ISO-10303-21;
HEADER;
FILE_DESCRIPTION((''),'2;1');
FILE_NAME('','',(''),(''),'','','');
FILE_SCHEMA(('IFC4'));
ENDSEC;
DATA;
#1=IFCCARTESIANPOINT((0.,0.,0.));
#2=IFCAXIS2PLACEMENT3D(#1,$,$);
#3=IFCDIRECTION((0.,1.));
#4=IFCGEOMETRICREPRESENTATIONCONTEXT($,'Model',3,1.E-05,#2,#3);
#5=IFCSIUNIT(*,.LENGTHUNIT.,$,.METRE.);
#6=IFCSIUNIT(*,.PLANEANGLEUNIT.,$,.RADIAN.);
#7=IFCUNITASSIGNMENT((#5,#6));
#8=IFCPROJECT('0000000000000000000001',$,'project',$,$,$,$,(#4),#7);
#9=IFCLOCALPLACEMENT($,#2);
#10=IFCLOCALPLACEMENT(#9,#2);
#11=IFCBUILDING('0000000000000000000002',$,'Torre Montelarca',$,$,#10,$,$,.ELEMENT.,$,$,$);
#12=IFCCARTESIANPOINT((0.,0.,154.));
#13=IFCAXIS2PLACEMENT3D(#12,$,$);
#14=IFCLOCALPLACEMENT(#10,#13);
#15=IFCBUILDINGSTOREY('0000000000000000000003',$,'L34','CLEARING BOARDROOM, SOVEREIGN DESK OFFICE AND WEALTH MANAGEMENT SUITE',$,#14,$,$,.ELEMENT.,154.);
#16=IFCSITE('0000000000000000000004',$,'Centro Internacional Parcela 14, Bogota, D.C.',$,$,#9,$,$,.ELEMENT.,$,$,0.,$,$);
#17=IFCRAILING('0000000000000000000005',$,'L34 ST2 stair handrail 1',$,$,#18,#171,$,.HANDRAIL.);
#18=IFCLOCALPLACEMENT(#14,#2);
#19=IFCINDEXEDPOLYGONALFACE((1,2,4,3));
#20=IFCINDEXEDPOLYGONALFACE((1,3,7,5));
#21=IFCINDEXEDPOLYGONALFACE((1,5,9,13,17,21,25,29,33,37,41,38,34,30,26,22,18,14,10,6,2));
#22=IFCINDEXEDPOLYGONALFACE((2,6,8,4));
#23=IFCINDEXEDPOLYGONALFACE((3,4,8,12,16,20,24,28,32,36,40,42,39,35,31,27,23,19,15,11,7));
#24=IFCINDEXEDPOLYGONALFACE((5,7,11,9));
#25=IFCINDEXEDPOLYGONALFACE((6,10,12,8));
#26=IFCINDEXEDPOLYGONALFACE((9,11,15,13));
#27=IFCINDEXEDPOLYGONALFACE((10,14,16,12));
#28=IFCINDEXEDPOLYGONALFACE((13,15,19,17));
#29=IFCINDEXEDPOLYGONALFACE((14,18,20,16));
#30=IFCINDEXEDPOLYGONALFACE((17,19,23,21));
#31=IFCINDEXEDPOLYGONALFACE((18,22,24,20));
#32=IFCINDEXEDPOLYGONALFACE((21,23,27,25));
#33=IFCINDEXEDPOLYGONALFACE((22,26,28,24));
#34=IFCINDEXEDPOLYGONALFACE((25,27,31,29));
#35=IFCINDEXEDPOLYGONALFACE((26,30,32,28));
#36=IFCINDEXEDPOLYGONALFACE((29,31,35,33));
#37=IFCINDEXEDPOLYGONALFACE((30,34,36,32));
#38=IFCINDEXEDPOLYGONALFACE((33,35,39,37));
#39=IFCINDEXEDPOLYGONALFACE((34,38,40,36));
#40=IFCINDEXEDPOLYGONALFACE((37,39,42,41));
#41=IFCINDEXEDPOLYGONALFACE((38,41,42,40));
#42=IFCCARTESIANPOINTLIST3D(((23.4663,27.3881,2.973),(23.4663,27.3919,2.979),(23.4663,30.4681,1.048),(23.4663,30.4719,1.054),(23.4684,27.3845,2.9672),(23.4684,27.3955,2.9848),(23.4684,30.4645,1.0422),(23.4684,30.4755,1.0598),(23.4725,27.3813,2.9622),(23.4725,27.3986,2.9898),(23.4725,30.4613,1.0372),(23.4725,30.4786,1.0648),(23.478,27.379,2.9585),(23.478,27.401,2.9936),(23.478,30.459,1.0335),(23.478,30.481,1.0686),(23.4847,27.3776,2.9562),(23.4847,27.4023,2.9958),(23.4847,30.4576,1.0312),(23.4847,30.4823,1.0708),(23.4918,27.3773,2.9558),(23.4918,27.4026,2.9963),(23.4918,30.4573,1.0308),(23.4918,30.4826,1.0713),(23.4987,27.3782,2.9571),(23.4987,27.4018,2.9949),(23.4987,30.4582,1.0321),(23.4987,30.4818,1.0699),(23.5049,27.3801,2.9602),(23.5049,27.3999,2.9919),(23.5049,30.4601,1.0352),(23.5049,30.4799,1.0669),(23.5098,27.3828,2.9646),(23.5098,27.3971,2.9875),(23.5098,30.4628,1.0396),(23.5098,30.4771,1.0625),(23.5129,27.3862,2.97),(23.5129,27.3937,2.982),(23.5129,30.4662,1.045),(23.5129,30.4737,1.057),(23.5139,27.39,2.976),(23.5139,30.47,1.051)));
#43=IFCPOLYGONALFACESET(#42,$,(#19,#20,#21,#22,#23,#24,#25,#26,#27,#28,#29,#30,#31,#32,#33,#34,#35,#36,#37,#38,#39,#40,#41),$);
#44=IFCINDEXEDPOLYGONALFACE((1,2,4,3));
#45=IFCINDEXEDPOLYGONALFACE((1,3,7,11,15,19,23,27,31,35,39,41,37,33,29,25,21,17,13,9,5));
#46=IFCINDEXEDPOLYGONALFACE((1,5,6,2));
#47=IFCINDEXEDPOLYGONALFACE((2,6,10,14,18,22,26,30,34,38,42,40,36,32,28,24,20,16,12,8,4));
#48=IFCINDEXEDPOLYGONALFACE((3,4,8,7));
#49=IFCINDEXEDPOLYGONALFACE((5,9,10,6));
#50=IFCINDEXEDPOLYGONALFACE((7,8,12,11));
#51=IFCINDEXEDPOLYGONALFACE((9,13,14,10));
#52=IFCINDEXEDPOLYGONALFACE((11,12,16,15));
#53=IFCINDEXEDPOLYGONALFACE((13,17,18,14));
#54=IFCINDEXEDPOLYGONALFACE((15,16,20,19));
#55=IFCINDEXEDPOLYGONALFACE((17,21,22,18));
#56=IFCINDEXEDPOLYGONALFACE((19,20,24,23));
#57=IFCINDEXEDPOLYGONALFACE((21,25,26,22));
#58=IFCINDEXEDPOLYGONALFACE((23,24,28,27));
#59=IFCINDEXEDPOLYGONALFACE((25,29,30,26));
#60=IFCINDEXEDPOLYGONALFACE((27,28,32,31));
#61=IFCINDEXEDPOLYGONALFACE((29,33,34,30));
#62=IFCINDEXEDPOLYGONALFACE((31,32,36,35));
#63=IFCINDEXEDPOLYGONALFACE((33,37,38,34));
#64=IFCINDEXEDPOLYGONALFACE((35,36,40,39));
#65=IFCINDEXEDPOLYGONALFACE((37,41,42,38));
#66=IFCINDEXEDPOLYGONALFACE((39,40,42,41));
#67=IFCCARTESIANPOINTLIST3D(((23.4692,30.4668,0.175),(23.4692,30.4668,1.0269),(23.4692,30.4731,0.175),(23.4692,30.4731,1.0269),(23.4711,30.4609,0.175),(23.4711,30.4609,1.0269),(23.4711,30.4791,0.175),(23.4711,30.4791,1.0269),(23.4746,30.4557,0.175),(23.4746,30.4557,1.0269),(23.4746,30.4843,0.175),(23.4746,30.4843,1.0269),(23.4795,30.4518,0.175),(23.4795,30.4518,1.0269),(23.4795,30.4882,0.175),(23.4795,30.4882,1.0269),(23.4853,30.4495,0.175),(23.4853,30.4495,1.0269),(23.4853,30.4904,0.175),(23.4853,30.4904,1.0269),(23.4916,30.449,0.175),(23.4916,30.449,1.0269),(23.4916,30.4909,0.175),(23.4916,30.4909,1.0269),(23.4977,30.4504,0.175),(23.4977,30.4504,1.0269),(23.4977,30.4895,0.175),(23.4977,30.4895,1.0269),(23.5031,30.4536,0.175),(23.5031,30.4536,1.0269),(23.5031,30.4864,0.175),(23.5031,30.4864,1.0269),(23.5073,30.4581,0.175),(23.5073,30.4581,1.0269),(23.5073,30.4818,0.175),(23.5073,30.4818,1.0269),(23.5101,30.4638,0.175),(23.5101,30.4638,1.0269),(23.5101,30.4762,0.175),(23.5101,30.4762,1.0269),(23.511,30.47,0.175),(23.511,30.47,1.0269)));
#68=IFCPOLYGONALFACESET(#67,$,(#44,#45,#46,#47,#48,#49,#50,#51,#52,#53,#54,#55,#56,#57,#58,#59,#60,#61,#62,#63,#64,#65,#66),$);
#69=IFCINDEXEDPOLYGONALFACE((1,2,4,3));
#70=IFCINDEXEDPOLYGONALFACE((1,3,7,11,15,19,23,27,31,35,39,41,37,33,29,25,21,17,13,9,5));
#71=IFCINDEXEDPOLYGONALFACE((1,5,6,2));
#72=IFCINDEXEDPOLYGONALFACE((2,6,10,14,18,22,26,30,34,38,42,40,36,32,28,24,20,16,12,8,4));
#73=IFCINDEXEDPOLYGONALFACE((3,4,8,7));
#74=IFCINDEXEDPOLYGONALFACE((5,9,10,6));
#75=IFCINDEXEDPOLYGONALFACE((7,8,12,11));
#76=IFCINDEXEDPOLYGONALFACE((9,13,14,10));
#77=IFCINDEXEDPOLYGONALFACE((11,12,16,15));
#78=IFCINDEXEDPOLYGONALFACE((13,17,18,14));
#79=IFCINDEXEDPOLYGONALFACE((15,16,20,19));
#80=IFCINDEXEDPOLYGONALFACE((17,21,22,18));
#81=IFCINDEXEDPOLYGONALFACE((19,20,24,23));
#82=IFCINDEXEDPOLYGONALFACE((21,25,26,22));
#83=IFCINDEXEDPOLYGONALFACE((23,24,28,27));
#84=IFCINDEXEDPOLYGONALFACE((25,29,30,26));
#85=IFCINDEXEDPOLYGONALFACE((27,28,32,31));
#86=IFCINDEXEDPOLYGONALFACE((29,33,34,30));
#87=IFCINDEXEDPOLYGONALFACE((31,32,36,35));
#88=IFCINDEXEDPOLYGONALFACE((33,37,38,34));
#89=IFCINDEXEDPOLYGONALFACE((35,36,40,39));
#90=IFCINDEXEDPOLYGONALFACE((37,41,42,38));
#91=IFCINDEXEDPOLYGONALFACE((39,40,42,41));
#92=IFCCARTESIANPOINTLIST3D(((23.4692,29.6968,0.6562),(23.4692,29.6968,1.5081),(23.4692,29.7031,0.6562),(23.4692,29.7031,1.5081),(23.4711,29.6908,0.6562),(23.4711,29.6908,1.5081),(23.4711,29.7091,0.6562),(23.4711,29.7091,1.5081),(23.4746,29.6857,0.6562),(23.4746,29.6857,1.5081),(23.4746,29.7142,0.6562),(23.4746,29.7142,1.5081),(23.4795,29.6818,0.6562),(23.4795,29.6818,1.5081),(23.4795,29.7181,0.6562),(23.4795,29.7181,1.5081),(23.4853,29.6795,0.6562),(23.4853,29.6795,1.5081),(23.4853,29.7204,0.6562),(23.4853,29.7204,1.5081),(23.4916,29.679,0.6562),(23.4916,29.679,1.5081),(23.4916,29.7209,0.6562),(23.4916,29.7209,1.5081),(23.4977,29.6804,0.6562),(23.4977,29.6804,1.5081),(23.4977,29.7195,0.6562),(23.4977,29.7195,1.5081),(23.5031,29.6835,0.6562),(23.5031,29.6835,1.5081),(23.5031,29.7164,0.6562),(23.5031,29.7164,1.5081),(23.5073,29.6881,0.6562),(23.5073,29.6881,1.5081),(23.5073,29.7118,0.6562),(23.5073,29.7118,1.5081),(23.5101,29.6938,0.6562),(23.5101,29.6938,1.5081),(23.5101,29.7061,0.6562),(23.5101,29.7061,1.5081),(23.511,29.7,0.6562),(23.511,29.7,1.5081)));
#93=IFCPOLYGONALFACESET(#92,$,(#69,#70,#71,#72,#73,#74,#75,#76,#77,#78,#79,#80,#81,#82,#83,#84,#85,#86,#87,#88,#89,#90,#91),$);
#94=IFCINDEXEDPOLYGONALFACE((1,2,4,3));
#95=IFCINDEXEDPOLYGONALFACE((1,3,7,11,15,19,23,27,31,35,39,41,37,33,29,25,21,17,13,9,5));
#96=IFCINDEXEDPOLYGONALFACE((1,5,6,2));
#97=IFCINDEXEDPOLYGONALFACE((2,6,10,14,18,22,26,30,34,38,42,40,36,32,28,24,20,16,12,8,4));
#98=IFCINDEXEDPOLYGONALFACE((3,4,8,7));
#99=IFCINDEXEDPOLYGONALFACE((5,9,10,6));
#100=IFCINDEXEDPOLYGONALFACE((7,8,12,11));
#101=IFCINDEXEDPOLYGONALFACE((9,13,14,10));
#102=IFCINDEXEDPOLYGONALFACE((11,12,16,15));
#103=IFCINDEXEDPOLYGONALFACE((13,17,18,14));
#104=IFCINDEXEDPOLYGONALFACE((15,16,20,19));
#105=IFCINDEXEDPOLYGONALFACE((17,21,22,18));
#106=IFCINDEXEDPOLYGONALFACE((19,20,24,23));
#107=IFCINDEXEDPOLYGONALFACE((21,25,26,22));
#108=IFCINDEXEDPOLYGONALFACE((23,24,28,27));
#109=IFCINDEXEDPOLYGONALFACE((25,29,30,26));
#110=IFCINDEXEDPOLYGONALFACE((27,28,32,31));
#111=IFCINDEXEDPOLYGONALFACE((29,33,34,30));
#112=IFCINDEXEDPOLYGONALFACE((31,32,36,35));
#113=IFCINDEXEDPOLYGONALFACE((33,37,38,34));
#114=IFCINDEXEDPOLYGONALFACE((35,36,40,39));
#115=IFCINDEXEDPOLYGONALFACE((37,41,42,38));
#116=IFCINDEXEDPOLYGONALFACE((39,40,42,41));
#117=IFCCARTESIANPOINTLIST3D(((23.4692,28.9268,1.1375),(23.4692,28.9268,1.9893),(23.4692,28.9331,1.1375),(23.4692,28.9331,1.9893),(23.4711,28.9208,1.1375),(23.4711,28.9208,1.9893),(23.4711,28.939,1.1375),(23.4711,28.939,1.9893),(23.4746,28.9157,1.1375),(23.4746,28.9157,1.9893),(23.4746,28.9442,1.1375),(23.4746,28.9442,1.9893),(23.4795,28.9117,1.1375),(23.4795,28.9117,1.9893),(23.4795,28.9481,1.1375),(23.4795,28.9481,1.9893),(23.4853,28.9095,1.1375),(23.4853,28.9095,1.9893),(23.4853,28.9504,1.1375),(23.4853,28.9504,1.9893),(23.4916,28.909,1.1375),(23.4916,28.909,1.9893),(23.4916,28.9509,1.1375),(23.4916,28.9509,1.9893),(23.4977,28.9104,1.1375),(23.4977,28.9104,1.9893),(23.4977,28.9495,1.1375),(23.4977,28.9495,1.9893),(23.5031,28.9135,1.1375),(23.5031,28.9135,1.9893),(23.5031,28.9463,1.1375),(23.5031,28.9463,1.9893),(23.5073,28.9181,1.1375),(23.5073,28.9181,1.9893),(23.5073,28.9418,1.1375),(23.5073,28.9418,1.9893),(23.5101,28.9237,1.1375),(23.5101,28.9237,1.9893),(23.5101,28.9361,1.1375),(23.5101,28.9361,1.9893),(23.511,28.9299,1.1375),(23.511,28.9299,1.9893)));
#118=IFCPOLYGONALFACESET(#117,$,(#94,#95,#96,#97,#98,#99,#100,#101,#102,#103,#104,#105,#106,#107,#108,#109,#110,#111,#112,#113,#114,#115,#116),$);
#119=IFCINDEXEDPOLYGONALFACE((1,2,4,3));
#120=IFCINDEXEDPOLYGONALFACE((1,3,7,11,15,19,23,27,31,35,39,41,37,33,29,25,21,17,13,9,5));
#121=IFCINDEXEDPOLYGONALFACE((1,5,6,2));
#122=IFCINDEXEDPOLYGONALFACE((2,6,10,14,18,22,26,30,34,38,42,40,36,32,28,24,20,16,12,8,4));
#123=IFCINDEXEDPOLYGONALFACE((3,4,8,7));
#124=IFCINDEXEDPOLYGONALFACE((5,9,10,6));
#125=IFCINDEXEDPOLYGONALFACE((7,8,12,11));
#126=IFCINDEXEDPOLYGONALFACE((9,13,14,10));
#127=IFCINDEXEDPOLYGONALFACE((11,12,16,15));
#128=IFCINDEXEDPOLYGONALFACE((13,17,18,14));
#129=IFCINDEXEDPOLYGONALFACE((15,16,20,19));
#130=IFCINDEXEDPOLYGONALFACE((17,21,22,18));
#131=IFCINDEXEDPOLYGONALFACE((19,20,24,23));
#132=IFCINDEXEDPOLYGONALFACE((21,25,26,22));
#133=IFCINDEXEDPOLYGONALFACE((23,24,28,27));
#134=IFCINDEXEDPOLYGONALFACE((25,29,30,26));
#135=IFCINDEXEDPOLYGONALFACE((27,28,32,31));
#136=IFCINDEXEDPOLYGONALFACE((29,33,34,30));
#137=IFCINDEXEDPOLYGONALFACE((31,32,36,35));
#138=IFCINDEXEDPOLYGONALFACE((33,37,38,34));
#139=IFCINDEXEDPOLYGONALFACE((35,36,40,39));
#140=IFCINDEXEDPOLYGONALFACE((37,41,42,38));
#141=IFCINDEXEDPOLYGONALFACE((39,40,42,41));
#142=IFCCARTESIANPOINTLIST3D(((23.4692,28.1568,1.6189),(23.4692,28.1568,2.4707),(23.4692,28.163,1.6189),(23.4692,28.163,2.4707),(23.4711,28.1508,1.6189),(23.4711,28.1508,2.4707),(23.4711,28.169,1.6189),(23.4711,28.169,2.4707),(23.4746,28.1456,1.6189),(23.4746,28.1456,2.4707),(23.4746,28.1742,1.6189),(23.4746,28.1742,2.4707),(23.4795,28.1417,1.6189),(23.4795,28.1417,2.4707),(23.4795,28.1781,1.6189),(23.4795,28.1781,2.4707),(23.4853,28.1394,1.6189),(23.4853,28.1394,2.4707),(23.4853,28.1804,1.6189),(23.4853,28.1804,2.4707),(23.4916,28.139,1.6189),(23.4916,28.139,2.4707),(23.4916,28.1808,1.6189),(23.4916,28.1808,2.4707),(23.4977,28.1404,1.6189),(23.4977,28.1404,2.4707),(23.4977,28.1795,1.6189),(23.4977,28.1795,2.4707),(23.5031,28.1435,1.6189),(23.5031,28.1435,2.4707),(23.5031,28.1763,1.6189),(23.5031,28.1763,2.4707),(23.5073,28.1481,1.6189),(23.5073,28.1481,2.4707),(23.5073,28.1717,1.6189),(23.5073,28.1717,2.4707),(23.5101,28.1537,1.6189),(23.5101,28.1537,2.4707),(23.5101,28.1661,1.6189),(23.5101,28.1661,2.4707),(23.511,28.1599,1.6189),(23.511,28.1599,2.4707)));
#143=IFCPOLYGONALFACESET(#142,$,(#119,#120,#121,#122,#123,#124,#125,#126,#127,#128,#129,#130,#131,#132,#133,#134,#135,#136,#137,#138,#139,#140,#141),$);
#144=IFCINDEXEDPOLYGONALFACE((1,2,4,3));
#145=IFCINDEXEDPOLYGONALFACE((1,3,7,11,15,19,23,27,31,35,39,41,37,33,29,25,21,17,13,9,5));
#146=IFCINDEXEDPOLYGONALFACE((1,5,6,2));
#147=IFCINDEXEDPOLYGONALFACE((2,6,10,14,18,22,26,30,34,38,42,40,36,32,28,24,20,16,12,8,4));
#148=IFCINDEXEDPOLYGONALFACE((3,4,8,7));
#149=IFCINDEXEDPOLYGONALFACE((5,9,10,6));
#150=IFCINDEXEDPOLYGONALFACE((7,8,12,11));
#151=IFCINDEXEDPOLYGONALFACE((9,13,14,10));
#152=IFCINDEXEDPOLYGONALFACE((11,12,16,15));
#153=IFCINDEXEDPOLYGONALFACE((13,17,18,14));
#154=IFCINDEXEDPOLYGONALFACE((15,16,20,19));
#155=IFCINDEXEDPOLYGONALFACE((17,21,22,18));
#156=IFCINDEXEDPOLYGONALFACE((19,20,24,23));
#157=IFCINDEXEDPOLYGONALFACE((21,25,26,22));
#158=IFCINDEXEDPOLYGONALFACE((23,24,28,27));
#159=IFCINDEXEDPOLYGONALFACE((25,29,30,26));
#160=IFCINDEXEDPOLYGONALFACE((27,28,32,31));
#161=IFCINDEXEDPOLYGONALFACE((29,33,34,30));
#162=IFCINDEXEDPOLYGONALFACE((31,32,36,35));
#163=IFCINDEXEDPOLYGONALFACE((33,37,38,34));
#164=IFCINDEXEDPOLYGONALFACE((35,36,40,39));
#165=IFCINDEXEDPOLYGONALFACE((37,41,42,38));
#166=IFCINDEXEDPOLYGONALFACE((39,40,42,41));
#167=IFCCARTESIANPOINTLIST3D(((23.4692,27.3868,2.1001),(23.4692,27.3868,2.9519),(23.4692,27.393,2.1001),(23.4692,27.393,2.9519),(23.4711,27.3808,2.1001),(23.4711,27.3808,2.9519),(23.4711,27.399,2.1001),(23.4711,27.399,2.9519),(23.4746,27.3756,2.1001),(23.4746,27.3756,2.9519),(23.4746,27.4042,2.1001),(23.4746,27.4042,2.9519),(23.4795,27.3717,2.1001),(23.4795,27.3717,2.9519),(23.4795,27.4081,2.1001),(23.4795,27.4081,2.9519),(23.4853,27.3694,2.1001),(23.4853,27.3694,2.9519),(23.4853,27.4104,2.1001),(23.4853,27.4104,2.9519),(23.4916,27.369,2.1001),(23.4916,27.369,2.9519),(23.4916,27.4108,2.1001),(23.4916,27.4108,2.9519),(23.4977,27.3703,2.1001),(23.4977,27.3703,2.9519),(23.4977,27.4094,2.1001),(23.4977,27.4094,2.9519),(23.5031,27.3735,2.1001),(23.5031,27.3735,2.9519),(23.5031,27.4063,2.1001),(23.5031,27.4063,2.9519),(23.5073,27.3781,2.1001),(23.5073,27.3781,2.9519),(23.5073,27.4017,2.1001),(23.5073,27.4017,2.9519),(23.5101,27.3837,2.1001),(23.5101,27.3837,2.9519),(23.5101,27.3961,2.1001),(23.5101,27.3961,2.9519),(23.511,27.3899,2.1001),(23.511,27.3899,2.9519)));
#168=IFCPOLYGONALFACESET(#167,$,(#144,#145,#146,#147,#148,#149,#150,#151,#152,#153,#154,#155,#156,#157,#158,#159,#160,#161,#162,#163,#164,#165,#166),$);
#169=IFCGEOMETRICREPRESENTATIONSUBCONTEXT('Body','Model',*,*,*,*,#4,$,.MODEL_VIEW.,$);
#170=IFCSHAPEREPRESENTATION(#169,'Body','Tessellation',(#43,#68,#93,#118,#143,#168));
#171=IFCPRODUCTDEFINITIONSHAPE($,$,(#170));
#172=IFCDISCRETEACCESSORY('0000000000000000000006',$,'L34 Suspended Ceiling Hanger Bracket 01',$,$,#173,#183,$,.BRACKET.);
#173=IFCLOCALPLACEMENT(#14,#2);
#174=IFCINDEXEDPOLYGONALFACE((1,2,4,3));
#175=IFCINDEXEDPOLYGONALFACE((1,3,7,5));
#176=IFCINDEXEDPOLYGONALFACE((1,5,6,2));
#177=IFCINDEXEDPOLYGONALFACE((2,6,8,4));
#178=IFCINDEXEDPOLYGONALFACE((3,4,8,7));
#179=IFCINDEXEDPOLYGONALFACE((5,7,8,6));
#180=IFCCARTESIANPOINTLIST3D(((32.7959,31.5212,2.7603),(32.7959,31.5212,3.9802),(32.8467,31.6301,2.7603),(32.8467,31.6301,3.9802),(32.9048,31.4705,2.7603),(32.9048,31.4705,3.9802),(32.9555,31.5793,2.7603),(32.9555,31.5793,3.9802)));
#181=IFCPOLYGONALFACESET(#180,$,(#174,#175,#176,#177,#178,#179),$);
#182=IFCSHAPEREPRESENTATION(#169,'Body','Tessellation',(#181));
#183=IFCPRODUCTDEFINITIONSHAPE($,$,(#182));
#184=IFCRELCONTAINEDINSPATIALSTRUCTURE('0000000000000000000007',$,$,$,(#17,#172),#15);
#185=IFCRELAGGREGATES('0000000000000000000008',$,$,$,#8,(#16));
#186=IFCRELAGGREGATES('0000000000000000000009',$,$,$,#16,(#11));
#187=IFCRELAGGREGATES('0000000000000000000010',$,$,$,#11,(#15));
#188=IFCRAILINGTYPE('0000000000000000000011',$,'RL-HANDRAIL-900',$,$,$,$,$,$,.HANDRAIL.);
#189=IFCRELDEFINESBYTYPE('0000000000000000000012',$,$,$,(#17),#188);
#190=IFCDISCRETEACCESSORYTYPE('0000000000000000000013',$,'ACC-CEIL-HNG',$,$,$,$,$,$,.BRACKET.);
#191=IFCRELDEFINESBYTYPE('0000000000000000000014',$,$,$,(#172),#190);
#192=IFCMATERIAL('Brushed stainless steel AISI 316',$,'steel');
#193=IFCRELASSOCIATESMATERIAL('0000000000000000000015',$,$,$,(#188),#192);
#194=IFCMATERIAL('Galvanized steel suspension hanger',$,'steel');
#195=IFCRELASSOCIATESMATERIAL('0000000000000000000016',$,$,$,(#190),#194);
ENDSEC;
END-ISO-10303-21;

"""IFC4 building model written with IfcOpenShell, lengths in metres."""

from ifc_helpers import new_model, si_unit, direction, frame, origin, origin_2d, place, context, subcontext, project, spatial, rectangle, circle, extrude, source, transform, mapped, material, type_object, element, save


model = new_model("IFC4")

# Units and contexts
model_context = context("Model", 3, precision=1e-05, world=origin(), true_north=direction((0.0, 1.0)))
body_context = subcontext(model_context, "Body", "Model", "MODEL_VIEW")
ifc_project = project(units=[si_unit("LENGTHUNIT", "METRE"), si_unit("PLANEANGLEUNIT", "RADIAN")], contexts=[model_context])

# Site, building, storey
site_placement = place(None, origin())
site = spatial("IfcSite", under=ifc_project, at=site_placement, Name="Centro Internacional Parcela 14, Bogota, D.C.", CompositionType="ELEMENT", RefElevation=0.0)
building_placement = place(site_placement, origin())
building = spatial("IfcBuilding", under=site, at=building_placement, Name="Torre Montelarca", CompositionType="ELEMENT")
storey_placement = place(building_placement, frame((0.0, 0.0, 154.0)))
storey = spatial("IfcBuildingStorey", under=building, at=storey_placement, Name="L34", Description="CLEARING BOARDROOM, SOVEREIGN DESK OFFICE AND WEALTH MANAGEMENT SUITE", CompositionType="ELEMENT", Elevation=154.0)

# Railing
ifc_material_1 = material(Name="Brushed stainless steel AISI 316", Category="steel")
railing_type_1 = type_object("IfcRailingType", Name="RL-HANDRAIL-900", PredefinedType="HANDRAIL", material=ifc_material_1)
railing_1_placement = place(storey_placement, frame((23.49, 30.47, 0.175)))
element("IfcRailing", 1, at=railing_1_placement, inside=storey, type_object=railing_type_1, Name="L34 ST2 stair handrail 1", PredefinedType="HANDRAIL", context=body_context, shape_type="SweptSolid", body=[
    extrude(circle(Radius=0.0239, at=origin_2d()), frame((0.0, 0.0, 0.876), z_axis=(0.0, -0.847998, 0.529999), x_axis=(1.0, 0.0, 0.0)), (0.0, 0.0, 1.0), 3.6321),
    extrude(circle(Radius=0.021, at=origin_2d()), origin(), (0.0, 0.0, 1.0), 0.8518),
    extrude(circle(Radius=0.021, at=origin_2d()), frame((0.0, -0.77, 0.4812)), (0.0, 0.0, 1.0), 0.8518),
    extrude(circle(Radius=0.021, at=origin_2d()), frame((0.0, -1.54, 0.9624)), (0.0, 0.0, 1.0), 0.8518),
    extrude(circle(Radius=0.021, at=origin_2d()), frame((0.0, -2.3101, 1.4438)), (0.0, 0.0, 1.0), 0.8518),
    extrude(circle(Radius=0.021, at=origin_2d()), frame((0.0, -3.0801, 1.925)), (0.0, 0.0, 1.0), 0.8518),
])

# Discrete accessory
ifc_material_2 = material(Name="Galvanized steel suspension hanger", Category="steel")
discrete_accessory_type = type_object("IfcDiscreteAccessoryType", Name="ACC-CEIL-HNG", PredefinedType="BRACKET", material=ifc_material_2)
shared_shape_1 = source(origin(), body_context, "Body", "SweptSolid", [
    extrude(rectangle(XDim=0.1201, YDim=0.1201, at=origin_2d()), origin(), (0.0, 0.0, 1.0), 1.22),
])
discrete_accessory_placement = place(storey_placement, frame((32.8757, 31.5503, 2.7603), z_axis=(0.0, 0.0, 1.0), x_axis=(-0.906308, 0.422618, 0.0)))
element("IfcDiscreteAccessory", 2, at=discrete_accessory_placement, inside=storey, type_object=discrete_accessory_type, Name="L34 Suspended Ceiling Hanger Bracket 01", PredefinedType="BRACKET", context=body_context, shape_type="MappedRepresentation", body=[
    mapped(shared_shape_1, transform((0.0, 0.0, 0.0), scale=1.0)),
])

save(model, "model.ifc")
